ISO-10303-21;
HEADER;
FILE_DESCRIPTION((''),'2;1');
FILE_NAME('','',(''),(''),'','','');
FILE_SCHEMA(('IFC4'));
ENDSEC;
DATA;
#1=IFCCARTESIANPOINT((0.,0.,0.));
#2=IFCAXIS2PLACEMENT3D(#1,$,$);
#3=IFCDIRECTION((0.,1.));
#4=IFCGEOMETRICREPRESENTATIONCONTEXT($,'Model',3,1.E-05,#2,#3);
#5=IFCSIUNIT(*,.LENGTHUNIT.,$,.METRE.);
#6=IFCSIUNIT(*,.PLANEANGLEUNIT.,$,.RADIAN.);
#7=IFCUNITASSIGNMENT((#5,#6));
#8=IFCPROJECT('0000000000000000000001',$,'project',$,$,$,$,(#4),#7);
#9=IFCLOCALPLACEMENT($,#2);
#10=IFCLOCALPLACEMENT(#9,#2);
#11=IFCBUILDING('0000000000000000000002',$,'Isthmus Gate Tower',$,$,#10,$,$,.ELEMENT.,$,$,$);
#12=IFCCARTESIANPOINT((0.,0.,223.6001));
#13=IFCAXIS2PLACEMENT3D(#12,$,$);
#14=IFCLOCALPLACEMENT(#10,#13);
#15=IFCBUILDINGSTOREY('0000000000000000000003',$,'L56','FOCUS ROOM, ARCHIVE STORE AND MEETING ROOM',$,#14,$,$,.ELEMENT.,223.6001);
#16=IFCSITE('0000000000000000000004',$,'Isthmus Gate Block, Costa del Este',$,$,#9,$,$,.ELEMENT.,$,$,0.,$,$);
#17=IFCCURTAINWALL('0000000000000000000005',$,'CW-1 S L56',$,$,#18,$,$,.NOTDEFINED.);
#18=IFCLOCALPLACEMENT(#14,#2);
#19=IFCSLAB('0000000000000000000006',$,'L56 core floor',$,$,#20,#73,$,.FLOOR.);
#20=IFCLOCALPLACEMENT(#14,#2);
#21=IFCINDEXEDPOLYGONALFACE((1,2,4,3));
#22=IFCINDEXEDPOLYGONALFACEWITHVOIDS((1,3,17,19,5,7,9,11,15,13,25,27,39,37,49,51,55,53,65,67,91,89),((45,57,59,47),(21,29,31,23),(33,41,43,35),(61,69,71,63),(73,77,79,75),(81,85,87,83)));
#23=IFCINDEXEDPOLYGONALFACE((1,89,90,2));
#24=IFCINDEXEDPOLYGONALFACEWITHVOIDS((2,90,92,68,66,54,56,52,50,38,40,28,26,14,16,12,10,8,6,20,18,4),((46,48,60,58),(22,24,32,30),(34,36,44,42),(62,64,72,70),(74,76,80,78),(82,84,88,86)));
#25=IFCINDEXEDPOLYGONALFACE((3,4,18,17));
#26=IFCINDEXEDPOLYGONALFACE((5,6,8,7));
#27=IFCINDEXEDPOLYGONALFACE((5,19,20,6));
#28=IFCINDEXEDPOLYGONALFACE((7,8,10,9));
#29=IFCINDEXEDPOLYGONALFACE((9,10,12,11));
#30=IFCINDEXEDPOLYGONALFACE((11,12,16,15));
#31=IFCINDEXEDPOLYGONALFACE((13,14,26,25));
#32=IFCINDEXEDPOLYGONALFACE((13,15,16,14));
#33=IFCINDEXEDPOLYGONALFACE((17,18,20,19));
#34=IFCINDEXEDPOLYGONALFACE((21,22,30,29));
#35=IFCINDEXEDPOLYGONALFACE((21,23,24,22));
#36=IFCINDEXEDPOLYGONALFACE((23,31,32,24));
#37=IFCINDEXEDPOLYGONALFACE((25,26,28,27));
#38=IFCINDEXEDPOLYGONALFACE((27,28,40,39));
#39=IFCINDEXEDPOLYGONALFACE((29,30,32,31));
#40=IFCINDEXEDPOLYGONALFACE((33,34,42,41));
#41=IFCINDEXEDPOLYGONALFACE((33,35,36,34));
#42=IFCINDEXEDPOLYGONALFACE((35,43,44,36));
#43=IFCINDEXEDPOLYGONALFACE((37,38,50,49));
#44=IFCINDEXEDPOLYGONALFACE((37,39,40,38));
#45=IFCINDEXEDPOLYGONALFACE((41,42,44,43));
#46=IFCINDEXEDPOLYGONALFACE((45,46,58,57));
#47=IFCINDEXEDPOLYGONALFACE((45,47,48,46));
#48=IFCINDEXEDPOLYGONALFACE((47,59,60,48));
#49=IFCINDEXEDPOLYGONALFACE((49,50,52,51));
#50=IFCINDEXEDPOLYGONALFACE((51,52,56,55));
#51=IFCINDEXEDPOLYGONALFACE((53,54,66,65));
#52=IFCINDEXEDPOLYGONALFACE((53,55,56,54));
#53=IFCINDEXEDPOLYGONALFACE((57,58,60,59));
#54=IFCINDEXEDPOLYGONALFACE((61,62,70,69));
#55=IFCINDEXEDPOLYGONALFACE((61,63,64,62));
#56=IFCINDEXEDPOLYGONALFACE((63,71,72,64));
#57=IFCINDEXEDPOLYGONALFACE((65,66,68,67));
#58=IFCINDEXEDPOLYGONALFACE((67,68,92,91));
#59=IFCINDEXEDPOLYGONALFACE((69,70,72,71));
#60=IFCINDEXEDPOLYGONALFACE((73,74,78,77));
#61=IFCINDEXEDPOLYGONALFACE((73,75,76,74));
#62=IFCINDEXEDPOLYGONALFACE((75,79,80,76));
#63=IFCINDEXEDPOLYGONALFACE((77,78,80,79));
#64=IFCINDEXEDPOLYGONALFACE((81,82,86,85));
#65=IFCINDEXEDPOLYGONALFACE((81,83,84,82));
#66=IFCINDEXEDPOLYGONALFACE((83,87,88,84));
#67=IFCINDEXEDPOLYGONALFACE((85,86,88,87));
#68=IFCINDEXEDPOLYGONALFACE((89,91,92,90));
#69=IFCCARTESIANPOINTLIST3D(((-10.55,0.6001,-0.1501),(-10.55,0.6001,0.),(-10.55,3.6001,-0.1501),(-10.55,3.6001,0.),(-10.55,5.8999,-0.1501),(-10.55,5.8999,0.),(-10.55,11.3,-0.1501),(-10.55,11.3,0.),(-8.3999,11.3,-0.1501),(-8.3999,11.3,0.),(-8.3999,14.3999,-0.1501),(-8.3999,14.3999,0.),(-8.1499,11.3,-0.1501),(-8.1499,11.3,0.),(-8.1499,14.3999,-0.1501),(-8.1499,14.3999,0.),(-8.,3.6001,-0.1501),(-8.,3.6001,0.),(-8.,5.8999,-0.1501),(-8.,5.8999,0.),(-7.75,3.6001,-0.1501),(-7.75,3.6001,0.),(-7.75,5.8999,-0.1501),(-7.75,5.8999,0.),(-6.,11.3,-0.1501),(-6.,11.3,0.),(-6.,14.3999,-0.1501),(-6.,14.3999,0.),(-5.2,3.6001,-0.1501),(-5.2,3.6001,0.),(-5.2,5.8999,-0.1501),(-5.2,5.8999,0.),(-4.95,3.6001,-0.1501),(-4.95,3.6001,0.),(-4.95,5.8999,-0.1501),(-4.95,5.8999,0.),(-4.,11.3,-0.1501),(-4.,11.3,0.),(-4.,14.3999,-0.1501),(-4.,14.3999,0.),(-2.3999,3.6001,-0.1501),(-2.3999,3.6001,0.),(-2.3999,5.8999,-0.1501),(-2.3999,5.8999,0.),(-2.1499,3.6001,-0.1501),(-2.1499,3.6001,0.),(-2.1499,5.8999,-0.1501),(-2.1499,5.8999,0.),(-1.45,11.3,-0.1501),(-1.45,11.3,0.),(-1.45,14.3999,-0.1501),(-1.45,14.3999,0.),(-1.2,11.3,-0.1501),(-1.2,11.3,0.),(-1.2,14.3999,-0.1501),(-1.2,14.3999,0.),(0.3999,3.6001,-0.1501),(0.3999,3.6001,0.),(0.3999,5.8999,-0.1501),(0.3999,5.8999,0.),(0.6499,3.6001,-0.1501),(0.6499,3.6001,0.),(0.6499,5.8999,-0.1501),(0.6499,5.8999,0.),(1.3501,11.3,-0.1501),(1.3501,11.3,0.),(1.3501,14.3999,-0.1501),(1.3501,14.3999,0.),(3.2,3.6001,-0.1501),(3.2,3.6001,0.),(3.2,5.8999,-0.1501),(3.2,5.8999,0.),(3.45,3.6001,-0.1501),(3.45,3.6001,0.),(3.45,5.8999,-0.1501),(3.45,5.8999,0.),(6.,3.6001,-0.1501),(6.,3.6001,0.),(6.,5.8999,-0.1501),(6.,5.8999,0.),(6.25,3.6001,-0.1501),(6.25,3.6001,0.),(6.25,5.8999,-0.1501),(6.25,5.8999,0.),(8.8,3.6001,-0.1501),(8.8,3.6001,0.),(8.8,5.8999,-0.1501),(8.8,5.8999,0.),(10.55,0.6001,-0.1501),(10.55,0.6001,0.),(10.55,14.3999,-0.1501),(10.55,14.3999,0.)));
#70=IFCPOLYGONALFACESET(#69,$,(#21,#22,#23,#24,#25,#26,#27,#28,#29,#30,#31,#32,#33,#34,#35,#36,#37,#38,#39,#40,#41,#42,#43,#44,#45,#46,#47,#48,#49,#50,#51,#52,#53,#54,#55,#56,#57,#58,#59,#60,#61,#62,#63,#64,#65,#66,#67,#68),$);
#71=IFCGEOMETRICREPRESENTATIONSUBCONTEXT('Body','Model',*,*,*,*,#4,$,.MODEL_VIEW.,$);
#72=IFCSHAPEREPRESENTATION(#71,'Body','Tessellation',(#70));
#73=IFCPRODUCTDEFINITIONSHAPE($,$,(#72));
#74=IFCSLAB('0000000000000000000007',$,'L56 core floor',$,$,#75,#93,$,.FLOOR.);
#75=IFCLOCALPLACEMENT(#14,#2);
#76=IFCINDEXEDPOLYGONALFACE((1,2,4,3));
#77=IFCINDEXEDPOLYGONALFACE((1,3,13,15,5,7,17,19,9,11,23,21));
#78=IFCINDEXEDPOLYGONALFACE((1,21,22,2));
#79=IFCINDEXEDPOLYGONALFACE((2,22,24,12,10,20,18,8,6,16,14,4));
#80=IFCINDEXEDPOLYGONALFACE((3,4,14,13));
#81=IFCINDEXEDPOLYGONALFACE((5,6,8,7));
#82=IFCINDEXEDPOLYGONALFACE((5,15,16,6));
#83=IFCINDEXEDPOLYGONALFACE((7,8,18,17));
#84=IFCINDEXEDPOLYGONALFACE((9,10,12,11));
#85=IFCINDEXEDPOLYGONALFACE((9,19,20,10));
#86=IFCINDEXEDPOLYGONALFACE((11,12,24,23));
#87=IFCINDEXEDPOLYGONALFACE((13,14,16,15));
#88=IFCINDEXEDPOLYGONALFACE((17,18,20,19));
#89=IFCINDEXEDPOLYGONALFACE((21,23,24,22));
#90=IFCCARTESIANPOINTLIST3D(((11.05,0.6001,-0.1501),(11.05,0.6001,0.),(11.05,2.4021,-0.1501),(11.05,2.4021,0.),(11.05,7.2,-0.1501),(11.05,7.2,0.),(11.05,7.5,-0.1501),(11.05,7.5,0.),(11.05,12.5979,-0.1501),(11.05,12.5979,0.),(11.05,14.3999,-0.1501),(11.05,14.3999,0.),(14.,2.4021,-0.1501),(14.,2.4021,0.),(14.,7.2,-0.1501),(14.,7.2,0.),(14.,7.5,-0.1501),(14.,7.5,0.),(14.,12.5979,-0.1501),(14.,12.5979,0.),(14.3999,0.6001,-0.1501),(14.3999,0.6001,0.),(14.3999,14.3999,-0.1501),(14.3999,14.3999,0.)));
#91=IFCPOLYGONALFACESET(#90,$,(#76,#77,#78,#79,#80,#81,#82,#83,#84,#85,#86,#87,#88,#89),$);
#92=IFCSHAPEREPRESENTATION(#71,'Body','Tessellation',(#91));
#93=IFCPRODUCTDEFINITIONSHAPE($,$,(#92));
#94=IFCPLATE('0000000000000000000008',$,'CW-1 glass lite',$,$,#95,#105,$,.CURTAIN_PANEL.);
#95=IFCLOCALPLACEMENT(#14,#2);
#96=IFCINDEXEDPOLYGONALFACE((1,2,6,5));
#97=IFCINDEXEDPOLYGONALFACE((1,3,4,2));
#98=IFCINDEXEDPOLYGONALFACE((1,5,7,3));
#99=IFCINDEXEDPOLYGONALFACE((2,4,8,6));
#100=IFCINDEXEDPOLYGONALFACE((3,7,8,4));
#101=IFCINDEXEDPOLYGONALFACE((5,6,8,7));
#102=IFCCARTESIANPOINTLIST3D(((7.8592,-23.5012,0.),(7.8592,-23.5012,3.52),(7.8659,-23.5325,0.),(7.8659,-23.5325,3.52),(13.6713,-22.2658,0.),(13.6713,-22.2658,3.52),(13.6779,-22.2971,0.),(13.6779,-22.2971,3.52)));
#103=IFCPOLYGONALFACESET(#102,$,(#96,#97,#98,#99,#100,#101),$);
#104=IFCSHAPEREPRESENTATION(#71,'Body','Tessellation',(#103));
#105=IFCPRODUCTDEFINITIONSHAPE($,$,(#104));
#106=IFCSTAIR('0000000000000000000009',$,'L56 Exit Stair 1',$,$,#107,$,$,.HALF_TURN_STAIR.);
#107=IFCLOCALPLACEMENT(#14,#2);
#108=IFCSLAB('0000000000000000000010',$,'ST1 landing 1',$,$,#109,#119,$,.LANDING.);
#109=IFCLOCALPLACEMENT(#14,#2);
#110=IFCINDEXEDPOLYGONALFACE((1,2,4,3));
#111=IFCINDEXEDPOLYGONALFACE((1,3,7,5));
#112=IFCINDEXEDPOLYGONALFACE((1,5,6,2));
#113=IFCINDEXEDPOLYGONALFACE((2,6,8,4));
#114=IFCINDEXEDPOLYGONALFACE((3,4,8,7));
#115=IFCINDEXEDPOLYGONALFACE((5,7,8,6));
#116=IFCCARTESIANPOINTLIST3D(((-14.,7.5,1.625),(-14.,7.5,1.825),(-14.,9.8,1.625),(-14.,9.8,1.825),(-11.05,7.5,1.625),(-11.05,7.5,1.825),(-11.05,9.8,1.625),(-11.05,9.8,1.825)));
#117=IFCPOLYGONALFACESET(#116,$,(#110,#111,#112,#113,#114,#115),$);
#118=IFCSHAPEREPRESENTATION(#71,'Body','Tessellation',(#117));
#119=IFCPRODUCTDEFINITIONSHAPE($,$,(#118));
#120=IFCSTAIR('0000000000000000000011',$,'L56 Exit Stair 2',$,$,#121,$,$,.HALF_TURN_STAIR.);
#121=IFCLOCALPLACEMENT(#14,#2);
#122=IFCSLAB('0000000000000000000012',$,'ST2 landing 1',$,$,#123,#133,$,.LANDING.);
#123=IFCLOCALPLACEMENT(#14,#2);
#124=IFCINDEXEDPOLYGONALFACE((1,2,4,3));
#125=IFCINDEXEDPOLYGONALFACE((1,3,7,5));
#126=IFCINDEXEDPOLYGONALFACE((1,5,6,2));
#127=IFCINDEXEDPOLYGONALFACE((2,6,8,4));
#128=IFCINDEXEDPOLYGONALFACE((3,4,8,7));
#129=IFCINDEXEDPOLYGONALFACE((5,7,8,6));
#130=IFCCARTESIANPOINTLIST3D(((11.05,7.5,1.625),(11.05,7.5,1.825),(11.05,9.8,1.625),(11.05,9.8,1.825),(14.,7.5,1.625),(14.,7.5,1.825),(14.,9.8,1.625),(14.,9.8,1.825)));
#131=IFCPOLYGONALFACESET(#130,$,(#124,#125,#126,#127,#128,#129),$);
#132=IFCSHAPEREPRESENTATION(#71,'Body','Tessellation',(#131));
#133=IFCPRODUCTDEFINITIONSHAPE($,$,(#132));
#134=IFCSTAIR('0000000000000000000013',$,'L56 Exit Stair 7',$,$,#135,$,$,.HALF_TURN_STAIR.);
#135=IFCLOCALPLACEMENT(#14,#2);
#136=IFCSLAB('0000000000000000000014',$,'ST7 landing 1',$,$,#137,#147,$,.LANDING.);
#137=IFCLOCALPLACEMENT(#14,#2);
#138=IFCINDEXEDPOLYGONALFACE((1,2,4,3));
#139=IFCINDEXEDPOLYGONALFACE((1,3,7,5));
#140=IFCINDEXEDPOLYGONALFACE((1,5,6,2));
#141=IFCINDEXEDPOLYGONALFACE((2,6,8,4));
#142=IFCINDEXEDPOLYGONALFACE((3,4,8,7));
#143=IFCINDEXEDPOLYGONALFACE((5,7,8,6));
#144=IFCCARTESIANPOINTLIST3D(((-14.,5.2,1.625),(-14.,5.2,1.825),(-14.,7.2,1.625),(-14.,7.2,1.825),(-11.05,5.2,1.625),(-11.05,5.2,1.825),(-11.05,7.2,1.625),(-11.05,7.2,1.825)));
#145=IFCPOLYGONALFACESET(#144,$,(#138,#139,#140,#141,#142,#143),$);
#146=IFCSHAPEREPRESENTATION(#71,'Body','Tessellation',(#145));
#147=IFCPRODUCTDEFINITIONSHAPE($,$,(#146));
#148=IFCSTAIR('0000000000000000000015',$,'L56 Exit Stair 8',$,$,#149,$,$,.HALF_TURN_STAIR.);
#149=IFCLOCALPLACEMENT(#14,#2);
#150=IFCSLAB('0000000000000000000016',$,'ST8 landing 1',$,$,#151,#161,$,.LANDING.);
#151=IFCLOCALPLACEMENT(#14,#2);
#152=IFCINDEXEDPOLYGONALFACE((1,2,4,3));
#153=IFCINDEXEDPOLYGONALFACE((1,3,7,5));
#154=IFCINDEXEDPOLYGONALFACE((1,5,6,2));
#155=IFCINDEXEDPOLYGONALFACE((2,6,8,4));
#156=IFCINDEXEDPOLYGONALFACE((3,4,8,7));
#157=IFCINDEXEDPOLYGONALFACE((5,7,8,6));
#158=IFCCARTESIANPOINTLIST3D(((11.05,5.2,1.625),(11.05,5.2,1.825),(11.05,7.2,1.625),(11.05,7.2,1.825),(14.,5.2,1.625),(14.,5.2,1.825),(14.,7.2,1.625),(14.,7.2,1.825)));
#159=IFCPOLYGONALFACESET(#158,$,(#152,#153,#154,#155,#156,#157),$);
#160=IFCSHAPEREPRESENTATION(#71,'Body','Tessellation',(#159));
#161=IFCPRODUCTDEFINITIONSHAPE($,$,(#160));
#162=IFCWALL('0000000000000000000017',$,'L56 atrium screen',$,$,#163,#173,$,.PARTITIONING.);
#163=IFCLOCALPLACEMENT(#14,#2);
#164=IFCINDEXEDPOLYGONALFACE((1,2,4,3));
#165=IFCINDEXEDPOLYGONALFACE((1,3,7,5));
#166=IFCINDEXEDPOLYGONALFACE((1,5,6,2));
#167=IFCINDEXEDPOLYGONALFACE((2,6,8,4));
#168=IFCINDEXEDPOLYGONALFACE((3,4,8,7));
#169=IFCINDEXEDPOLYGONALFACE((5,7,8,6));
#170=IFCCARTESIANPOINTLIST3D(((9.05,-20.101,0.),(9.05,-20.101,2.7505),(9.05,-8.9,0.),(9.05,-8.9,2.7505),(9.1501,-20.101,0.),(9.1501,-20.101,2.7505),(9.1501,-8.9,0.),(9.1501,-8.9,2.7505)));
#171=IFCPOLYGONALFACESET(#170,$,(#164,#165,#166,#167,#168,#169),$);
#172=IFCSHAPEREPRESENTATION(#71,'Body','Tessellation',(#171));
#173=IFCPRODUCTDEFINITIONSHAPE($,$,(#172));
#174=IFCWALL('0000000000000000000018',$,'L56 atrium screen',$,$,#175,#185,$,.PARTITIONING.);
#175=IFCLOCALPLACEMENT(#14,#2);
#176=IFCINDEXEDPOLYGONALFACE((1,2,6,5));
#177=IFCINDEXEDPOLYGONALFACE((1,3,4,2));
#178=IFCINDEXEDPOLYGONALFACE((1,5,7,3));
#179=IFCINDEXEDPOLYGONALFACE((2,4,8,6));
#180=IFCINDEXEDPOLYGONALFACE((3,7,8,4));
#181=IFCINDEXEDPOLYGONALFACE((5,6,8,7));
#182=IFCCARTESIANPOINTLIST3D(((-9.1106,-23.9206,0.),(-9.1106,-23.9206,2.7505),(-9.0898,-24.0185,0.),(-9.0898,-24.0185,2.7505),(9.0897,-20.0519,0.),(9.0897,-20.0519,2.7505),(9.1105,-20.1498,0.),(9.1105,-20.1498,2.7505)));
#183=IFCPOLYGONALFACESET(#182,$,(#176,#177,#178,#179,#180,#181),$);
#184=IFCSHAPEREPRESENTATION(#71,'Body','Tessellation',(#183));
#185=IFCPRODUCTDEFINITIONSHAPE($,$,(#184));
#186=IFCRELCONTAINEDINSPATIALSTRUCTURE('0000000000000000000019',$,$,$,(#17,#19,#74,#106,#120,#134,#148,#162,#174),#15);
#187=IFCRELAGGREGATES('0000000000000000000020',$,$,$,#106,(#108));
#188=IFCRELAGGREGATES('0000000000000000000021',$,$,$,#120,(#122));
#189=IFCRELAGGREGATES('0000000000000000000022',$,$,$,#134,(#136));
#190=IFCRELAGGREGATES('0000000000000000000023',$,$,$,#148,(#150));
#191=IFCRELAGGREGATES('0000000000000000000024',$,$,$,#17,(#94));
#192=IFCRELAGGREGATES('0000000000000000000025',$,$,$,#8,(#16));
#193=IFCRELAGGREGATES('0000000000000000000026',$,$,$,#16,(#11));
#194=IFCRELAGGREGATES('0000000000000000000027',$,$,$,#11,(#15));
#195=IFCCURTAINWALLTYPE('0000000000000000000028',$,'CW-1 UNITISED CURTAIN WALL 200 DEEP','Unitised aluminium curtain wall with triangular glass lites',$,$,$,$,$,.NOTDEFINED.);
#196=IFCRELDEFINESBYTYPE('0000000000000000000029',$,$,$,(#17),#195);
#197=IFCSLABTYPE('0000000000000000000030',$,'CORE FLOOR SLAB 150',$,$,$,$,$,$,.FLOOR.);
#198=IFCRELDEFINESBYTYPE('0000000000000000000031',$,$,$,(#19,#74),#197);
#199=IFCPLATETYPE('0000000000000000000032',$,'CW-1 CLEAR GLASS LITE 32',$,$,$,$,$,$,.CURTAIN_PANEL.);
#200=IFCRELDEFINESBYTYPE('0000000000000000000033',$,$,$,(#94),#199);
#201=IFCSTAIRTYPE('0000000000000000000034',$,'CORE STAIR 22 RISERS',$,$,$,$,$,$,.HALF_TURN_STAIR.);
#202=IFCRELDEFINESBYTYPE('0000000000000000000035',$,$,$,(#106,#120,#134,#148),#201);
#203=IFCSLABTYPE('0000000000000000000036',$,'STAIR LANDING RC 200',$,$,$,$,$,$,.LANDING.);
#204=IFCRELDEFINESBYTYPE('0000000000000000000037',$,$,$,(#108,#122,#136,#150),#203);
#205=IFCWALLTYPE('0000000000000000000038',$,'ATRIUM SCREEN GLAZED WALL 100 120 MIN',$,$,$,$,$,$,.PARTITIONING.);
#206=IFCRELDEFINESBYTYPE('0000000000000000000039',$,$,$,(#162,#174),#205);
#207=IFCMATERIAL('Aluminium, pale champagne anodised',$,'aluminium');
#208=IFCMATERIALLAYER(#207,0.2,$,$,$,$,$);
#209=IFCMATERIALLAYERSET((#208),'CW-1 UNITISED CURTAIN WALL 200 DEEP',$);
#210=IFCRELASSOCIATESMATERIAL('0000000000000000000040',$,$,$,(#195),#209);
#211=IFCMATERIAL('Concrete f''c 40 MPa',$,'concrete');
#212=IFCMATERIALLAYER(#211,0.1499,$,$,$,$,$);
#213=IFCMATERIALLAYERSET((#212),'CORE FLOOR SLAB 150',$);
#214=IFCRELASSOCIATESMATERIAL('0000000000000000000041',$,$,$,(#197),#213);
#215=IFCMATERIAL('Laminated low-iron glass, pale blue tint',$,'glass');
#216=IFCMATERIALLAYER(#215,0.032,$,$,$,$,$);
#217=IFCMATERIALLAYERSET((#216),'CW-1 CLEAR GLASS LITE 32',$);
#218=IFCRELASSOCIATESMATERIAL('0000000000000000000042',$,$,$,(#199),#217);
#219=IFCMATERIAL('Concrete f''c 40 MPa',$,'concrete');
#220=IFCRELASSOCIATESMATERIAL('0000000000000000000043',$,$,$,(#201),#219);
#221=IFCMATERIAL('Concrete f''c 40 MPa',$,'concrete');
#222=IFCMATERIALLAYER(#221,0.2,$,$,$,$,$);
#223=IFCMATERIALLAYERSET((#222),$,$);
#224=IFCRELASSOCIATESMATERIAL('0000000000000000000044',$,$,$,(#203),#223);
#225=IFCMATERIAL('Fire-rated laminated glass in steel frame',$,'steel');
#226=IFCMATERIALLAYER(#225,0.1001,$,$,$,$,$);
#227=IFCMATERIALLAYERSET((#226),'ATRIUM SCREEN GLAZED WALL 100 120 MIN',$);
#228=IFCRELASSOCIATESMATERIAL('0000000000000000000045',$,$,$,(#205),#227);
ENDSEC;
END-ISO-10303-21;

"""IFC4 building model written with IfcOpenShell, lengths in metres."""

from ifc_helpers import new_model, si_unit, direction, frame, frame_2d, origin, origin_2d, place, context, subcontext, project, spatial, polyline, rectangle, outline, extrude, material, layer, layer_set, type_object, element, aggregate, save


model = new_model("IFC4")

# Units and contexts
model_context = context("Model", 3, precision=1e-05, world=origin(), true_north=direction((0.0, 1.0)))
body_context = subcontext(model_context, "Body", "Model", "MODEL_VIEW")
ifc_project = project(units=[si_unit("LENGTHUNIT", "METRE"), si_unit("PLANEANGLEUNIT", "RADIAN")], contexts=[model_context])

# Site, building, storey
site_placement = place(None, origin())
site = spatial("IfcSite", under=ifc_project, at=site_placement, Name="Isthmus Gate Block, Costa del Este", CompositionType="ELEMENT", RefElevation=0.0)
building_placement = place(site_placement, origin())
building = spatial("IfcBuilding", under=site, at=building_placement, Name="Isthmus Gate Tower", CompositionType="ELEMENT")
storey_placement = place(building_placement, frame((0.0, 0.0, 223.6001)))
storey = spatial("IfcBuildingStorey", under=building, at=storey_placement, Name="L56", Description="FOCUS ROOM, ARCHIVE STORE AND MEETING ROOM", CompositionType="ELEMENT", Elevation=223.6001)

# Curtain wall
ifc_material_1 = material(Name="Aluminium, pale champagne anodised", Category="aluminium")
ifc_layer_1 = layer(ifc_material_1, 0.2)
ifc_layer_set_1 = layer_set([ifc_layer_1], Name="CW-1 UNITISED CURTAIN WALL 200 DEEP")
curtain_wall_type = type_object("IfcCurtainWallType", Name="CW-1 UNITISED CURTAIN WALL 200 DEEP", Description="Unitised aluminium curtain wall with triangular glass lites", PredefinedType="NOTDEFINED", material=ifc_layer_set_1)
curtain_wall_placement = place(storey_placement, origin())
curtain_wall = element("IfcCurtainWall", 1, at=curtain_wall_placement, inside=storey, type_object=curtain_wall_type, Name="CW-1 S L56", PredefinedType="NOTDEFINED")

# Slabs
ifc_material_2 = material(Name="Concrete f'c 40 MPa", Category="concrete")
ifc_layer_2 = layer(ifc_material_2, 0.1499)
ifc_layer_set_2 = layer_set([ifc_layer_2], Name="CORE FLOOR SLAB 150")
slab_type_1 = type_object("IfcSlabType", Name="CORE FLOOR SLAB 150", PredefinedType="FLOOR", material=ifc_layer_set_2)
slab_1_placement = place(storey_placement, frame((0.0, 0.0, -0.1501)))
element("IfcSlab", 2, at=slab_1_placement, inside=storey, type_object=slab_type_1, Name="L56 core floor", PredefinedType="FLOOR", context=body_context, shape_type="SweptSolid", body=[
    extrude(outline(polyline([(10.55, 14.3999), (1.3501, 14.3999), (1.3501, 11.3), (-1.2, 11.3), (-1.2, 14.3999), (-1.45, 14.3999), (-1.45, 11.3), (-4.0, 11.3), (-4.0, 14.3999), (-6.0, 14.3999), (-6.0, 11.3), (-8.1499, 11.3), (-8.1499, 14.3999), (-8.3999, 14.3999), (-8.3999, 11.3), (-10.55, 11.3), (-10.55, 5.8999), (-8.0, 5.8999), (-8.0, 3.6001), (-10.55, 3.6001), (-10.55, 0.6001), (10.55, 0.6001), (10.55, 14.3999)]), holes=[polyline([(-5.2, 5.8999), (-5.2, 3.6001), (-7.75, 3.6001), (-7.75, 5.8999), (-5.2, 5.8999)]), polyline([(-2.3999, 5.8999), (-2.3999, 3.6001), (-4.95, 3.6001), (-4.95, 5.8999), (-2.3999, 5.8999)]), polyline([(0.3999, 5.8999), (0.3999, 3.6001), (-2.1499, 3.6001), (-2.1499, 5.8999), (0.3999, 5.8999)]), polyline([(3.2, 5.8999), (3.2, 3.6001), (0.6499, 3.6001), (0.6499, 5.8999), (3.2, 5.8999)]), polyline([(6.0, 5.8999), (6.0, 3.6001), (3.45, 3.6001), (3.45, 5.8999), (6.0, 5.8999)]), polyline([(8.8, 5.8999), (8.8, 3.6001), (6.25, 3.6001), (6.25, 5.8999), (8.8, 5.8999)])]), origin(), (0.0, 0.0, 1.0), 0.1501),
])
slab_2_placement = place(storey_placement, frame((0.0, 0.0, -0.1501)))
element("IfcSlab", 3, at=slab_2_placement, inside=storey, type_object=slab_type_1, Name="L56 core floor", PredefinedType="FLOOR", context=body_context, shape_type="SweptSolid", body=[
    extrude(outline(polyline([(11.05, 14.3999), (11.05, 12.5979), (14.0, 12.5979), (14.0, 7.5), (11.05, 7.5), (11.05, 7.2), (14.0, 7.2), (14.0, 2.4021), (11.05, 2.4021), (11.05, 0.6001), (14.3999, 0.6001), (14.3999, 14.3999), (11.05, 14.3999)])), origin(), (0.0, 0.0, 1.0), 0.1501),
])

# Plate
ifc_material_3 = material(Name="Laminated low-iron glass, pale blue tint", Category="glass")
ifc_layer_3 = layer(ifc_material_3, 0.032)
ifc_layer_set_3 = layer_set([ifc_layer_3], Name="CW-1 CLEAR GLASS LITE 32")
plate_type = type_object("IfcPlateType", Name="CW-1 CLEAR GLASS LITE 32", PredefinedType="CURTAIN_PANEL", material=ifc_layer_set_3)
plate_placement = place(storey_placement, frame((10.7686, -22.8992, 0.0), z_axis=(0.0, 0.0, 1.0), x_axis=(0.978148, 0.207912, 0.0)))
plate = element("IfcPlate", 4, at=plate_placement, type_object=plate_type, Name="CW-1 glass lite", PredefinedType="CURTAIN_PANEL", context=body_context, shape_type="SweptSolid", body=[
    extrude(rectangle(XDim=5.9419, YDim=0.032, at=origin_2d()), origin(), (0.0, 0.0, 1.0), 3.52),
])

# Stairs, slabs
ifc_material_4 = material(Name="Concrete f'c 40 MPa", Category="concrete")
stair_type = type_object("IfcStairType", Name="CORE STAIR 22 RISERS", PredefinedType="HALF_TURN_STAIR", material=ifc_material_4)
stair_1_placement = place(storey_placement, origin())
stair_1 = element("IfcStair", 5, at=stair_1_placement, inside=storey, type_object=stair_type, Name="L56 Exit Stair 1", PredefinedType="HALF_TURN_STAIR")
ifc_material_5 = material(Name="Concrete f'c 40 MPa", Category="concrete")
ifc_layer_4 = layer(ifc_material_5, 0.2)
ifc_layer_set_4 = layer_set([ifc_layer_4])
slab_type_2 = type_object("IfcSlabType", Name="STAIR LANDING RC 200", PredefinedType="LANDING", material=ifc_layer_set_4)
slab_3_placement = place(storey_placement, frame((0.0, 0.0, 1.625)))
slab_3 = element("IfcSlab", 6, at=slab_3_placement, type_object=slab_type_2, Name="ST1 landing 1", PredefinedType="LANDING", context=body_context, shape_type="SweptSolid", body=[
    extrude(outline(polyline([(-14.0, 9.8), (-14.0, 7.5), (-11.05, 7.5), (-11.05, 9.8), (-14.0, 9.8)])), origin(), (0.0, 0.0, 1.0), 0.2),
])
aggregate(stair_1, [slab_3])
stair_2_placement = place(storey_placement, origin())
stair_2 = element("IfcStair", 7, at=stair_2_placement, inside=storey, type_object=stair_type, Name="L56 Exit Stair 2", PredefinedType="HALF_TURN_STAIR")
slab_4_placement = place(storey_placement, frame((0.0, 0.0, 1.625)))
slab_4 = element("IfcSlab", 8, at=slab_4_placement, type_object=slab_type_2, Name="ST2 landing 1", PredefinedType="LANDING", context=body_context, shape_type="SweptSolid", body=[
    extrude(outline(polyline([(11.05, 9.8), (11.05, 7.5), (14.0, 7.5), (14.0, 9.8), (11.05, 9.8)])), origin(), (0.0, 0.0, 1.0), 0.2),
])
aggregate(stair_2, [slab_4])
stair_3_placement = place(storey_placement, origin())
stair_3 = element("IfcStair", 9, at=stair_3_placement, inside=storey, type_object=stair_type, Name="L56 Exit Stair 7", PredefinedType="HALF_TURN_STAIR")
slab_5_placement = place(storey_placement, frame((0.0, 0.0, 1.625)))
slab_5 = element("IfcSlab", 10, at=slab_5_placement, type_object=slab_type_2, Name="ST7 landing 1", PredefinedType="LANDING", context=body_context, shape_type="SweptSolid", body=[
    extrude(outline(polyline([(-11.05, 5.2), (-11.05, 7.2), (-14.0, 7.2), (-14.0, 5.2), (-11.05, 5.2)])), origin(), (0.0, 0.0, 1.0), 0.2),
])
aggregate(stair_3, [slab_5])
stair_4_placement = place(storey_placement, origin())
stair_4 = element("IfcStair", 11, at=stair_4_placement, inside=storey, type_object=stair_type, Name="L56 Exit Stair 8", PredefinedType="HALF_TURN_STAIR")
slab_6_placement = place(storey_placement, frame((0.0, 0.0, 1.625)))
slab_6 = element("IfcSlab", 12, at=slab_6_placement, type_object=slab_type_2, Name="ST8 landing 1", PredefinedType="LANDING", context=body_context, shape_type="SweptSolid", body=[
    extrude(outline(polyline([(14.0, 5.2), (14.0, 7.2), (11.05, 7.2), (11.05, 5.2), (14.0, 5.2)])), origin(), (0.0, 0.0, 1.0), 0.2),
])
aggregate(stair_4, [slab_6])

# Walls
ifc_material_6 = material(Name="Fire-rated laminated glass in steel frame", Category="steel")
ifc_layer_5 = layer(ifc_material_6, 0.1001)
ifc_layer_set_5 = layer_set([ifc_layer_5], Name="ATRIUM SCREEN GLAZED WALL 100 120 MIN")
wall_type_1 = type_object("IfcWallType", Name="ATRIUM SCREEN GLAZED WALL 100 120 MIN", PredefinedType="PARTITIONING", material=ifc_layer_set_5)
wall_1_placement = place(storey_placement, frame((9.1001, -8.8999, 0.0), z_axis=(0.0, 0.0, 1.0), x_axis=(0.0, -1.0, 0.0)))
element("IfcWall", 13, at=wall_1_placement, inside=storey, type_object=wall_type_1, Name="L56 atrium screen", PredefinedType="PARTITIONING", context=body_context, shape_type="SweptSolid", body=[
    extrude(rectangle(XDim=11.2009, YDim=0.1001, at=frame_2d((5.6006, 0.0))), origin(), (0.0, 0.0, 1.0), 2.7505),
])
wall_2_placement = place(storey_placement, frame((9.1001, -20.1008, 0.0), z_axis=(0.0, 0.0, 1.0), x_axis=(-0.978147, -0.207916, 0.0)))
element("IfcWall", 14, at=wall_2_placement, inside=storey, type_object=wall_type_1, Name="L56 atrium screen", PredefinedType="PARTITIONING", context=body_context, shape_type="SweptSolid", body=[
    extrude(rectangle(XDim=18.6069, YDim=0.1001, at=frame_2d((9.3035, 0.0))), origin(), (0.0, 0.0, 1.0), 2.7505),
])

aggregate(curtain_wall, [plate])

save(model, "model.ifc")
